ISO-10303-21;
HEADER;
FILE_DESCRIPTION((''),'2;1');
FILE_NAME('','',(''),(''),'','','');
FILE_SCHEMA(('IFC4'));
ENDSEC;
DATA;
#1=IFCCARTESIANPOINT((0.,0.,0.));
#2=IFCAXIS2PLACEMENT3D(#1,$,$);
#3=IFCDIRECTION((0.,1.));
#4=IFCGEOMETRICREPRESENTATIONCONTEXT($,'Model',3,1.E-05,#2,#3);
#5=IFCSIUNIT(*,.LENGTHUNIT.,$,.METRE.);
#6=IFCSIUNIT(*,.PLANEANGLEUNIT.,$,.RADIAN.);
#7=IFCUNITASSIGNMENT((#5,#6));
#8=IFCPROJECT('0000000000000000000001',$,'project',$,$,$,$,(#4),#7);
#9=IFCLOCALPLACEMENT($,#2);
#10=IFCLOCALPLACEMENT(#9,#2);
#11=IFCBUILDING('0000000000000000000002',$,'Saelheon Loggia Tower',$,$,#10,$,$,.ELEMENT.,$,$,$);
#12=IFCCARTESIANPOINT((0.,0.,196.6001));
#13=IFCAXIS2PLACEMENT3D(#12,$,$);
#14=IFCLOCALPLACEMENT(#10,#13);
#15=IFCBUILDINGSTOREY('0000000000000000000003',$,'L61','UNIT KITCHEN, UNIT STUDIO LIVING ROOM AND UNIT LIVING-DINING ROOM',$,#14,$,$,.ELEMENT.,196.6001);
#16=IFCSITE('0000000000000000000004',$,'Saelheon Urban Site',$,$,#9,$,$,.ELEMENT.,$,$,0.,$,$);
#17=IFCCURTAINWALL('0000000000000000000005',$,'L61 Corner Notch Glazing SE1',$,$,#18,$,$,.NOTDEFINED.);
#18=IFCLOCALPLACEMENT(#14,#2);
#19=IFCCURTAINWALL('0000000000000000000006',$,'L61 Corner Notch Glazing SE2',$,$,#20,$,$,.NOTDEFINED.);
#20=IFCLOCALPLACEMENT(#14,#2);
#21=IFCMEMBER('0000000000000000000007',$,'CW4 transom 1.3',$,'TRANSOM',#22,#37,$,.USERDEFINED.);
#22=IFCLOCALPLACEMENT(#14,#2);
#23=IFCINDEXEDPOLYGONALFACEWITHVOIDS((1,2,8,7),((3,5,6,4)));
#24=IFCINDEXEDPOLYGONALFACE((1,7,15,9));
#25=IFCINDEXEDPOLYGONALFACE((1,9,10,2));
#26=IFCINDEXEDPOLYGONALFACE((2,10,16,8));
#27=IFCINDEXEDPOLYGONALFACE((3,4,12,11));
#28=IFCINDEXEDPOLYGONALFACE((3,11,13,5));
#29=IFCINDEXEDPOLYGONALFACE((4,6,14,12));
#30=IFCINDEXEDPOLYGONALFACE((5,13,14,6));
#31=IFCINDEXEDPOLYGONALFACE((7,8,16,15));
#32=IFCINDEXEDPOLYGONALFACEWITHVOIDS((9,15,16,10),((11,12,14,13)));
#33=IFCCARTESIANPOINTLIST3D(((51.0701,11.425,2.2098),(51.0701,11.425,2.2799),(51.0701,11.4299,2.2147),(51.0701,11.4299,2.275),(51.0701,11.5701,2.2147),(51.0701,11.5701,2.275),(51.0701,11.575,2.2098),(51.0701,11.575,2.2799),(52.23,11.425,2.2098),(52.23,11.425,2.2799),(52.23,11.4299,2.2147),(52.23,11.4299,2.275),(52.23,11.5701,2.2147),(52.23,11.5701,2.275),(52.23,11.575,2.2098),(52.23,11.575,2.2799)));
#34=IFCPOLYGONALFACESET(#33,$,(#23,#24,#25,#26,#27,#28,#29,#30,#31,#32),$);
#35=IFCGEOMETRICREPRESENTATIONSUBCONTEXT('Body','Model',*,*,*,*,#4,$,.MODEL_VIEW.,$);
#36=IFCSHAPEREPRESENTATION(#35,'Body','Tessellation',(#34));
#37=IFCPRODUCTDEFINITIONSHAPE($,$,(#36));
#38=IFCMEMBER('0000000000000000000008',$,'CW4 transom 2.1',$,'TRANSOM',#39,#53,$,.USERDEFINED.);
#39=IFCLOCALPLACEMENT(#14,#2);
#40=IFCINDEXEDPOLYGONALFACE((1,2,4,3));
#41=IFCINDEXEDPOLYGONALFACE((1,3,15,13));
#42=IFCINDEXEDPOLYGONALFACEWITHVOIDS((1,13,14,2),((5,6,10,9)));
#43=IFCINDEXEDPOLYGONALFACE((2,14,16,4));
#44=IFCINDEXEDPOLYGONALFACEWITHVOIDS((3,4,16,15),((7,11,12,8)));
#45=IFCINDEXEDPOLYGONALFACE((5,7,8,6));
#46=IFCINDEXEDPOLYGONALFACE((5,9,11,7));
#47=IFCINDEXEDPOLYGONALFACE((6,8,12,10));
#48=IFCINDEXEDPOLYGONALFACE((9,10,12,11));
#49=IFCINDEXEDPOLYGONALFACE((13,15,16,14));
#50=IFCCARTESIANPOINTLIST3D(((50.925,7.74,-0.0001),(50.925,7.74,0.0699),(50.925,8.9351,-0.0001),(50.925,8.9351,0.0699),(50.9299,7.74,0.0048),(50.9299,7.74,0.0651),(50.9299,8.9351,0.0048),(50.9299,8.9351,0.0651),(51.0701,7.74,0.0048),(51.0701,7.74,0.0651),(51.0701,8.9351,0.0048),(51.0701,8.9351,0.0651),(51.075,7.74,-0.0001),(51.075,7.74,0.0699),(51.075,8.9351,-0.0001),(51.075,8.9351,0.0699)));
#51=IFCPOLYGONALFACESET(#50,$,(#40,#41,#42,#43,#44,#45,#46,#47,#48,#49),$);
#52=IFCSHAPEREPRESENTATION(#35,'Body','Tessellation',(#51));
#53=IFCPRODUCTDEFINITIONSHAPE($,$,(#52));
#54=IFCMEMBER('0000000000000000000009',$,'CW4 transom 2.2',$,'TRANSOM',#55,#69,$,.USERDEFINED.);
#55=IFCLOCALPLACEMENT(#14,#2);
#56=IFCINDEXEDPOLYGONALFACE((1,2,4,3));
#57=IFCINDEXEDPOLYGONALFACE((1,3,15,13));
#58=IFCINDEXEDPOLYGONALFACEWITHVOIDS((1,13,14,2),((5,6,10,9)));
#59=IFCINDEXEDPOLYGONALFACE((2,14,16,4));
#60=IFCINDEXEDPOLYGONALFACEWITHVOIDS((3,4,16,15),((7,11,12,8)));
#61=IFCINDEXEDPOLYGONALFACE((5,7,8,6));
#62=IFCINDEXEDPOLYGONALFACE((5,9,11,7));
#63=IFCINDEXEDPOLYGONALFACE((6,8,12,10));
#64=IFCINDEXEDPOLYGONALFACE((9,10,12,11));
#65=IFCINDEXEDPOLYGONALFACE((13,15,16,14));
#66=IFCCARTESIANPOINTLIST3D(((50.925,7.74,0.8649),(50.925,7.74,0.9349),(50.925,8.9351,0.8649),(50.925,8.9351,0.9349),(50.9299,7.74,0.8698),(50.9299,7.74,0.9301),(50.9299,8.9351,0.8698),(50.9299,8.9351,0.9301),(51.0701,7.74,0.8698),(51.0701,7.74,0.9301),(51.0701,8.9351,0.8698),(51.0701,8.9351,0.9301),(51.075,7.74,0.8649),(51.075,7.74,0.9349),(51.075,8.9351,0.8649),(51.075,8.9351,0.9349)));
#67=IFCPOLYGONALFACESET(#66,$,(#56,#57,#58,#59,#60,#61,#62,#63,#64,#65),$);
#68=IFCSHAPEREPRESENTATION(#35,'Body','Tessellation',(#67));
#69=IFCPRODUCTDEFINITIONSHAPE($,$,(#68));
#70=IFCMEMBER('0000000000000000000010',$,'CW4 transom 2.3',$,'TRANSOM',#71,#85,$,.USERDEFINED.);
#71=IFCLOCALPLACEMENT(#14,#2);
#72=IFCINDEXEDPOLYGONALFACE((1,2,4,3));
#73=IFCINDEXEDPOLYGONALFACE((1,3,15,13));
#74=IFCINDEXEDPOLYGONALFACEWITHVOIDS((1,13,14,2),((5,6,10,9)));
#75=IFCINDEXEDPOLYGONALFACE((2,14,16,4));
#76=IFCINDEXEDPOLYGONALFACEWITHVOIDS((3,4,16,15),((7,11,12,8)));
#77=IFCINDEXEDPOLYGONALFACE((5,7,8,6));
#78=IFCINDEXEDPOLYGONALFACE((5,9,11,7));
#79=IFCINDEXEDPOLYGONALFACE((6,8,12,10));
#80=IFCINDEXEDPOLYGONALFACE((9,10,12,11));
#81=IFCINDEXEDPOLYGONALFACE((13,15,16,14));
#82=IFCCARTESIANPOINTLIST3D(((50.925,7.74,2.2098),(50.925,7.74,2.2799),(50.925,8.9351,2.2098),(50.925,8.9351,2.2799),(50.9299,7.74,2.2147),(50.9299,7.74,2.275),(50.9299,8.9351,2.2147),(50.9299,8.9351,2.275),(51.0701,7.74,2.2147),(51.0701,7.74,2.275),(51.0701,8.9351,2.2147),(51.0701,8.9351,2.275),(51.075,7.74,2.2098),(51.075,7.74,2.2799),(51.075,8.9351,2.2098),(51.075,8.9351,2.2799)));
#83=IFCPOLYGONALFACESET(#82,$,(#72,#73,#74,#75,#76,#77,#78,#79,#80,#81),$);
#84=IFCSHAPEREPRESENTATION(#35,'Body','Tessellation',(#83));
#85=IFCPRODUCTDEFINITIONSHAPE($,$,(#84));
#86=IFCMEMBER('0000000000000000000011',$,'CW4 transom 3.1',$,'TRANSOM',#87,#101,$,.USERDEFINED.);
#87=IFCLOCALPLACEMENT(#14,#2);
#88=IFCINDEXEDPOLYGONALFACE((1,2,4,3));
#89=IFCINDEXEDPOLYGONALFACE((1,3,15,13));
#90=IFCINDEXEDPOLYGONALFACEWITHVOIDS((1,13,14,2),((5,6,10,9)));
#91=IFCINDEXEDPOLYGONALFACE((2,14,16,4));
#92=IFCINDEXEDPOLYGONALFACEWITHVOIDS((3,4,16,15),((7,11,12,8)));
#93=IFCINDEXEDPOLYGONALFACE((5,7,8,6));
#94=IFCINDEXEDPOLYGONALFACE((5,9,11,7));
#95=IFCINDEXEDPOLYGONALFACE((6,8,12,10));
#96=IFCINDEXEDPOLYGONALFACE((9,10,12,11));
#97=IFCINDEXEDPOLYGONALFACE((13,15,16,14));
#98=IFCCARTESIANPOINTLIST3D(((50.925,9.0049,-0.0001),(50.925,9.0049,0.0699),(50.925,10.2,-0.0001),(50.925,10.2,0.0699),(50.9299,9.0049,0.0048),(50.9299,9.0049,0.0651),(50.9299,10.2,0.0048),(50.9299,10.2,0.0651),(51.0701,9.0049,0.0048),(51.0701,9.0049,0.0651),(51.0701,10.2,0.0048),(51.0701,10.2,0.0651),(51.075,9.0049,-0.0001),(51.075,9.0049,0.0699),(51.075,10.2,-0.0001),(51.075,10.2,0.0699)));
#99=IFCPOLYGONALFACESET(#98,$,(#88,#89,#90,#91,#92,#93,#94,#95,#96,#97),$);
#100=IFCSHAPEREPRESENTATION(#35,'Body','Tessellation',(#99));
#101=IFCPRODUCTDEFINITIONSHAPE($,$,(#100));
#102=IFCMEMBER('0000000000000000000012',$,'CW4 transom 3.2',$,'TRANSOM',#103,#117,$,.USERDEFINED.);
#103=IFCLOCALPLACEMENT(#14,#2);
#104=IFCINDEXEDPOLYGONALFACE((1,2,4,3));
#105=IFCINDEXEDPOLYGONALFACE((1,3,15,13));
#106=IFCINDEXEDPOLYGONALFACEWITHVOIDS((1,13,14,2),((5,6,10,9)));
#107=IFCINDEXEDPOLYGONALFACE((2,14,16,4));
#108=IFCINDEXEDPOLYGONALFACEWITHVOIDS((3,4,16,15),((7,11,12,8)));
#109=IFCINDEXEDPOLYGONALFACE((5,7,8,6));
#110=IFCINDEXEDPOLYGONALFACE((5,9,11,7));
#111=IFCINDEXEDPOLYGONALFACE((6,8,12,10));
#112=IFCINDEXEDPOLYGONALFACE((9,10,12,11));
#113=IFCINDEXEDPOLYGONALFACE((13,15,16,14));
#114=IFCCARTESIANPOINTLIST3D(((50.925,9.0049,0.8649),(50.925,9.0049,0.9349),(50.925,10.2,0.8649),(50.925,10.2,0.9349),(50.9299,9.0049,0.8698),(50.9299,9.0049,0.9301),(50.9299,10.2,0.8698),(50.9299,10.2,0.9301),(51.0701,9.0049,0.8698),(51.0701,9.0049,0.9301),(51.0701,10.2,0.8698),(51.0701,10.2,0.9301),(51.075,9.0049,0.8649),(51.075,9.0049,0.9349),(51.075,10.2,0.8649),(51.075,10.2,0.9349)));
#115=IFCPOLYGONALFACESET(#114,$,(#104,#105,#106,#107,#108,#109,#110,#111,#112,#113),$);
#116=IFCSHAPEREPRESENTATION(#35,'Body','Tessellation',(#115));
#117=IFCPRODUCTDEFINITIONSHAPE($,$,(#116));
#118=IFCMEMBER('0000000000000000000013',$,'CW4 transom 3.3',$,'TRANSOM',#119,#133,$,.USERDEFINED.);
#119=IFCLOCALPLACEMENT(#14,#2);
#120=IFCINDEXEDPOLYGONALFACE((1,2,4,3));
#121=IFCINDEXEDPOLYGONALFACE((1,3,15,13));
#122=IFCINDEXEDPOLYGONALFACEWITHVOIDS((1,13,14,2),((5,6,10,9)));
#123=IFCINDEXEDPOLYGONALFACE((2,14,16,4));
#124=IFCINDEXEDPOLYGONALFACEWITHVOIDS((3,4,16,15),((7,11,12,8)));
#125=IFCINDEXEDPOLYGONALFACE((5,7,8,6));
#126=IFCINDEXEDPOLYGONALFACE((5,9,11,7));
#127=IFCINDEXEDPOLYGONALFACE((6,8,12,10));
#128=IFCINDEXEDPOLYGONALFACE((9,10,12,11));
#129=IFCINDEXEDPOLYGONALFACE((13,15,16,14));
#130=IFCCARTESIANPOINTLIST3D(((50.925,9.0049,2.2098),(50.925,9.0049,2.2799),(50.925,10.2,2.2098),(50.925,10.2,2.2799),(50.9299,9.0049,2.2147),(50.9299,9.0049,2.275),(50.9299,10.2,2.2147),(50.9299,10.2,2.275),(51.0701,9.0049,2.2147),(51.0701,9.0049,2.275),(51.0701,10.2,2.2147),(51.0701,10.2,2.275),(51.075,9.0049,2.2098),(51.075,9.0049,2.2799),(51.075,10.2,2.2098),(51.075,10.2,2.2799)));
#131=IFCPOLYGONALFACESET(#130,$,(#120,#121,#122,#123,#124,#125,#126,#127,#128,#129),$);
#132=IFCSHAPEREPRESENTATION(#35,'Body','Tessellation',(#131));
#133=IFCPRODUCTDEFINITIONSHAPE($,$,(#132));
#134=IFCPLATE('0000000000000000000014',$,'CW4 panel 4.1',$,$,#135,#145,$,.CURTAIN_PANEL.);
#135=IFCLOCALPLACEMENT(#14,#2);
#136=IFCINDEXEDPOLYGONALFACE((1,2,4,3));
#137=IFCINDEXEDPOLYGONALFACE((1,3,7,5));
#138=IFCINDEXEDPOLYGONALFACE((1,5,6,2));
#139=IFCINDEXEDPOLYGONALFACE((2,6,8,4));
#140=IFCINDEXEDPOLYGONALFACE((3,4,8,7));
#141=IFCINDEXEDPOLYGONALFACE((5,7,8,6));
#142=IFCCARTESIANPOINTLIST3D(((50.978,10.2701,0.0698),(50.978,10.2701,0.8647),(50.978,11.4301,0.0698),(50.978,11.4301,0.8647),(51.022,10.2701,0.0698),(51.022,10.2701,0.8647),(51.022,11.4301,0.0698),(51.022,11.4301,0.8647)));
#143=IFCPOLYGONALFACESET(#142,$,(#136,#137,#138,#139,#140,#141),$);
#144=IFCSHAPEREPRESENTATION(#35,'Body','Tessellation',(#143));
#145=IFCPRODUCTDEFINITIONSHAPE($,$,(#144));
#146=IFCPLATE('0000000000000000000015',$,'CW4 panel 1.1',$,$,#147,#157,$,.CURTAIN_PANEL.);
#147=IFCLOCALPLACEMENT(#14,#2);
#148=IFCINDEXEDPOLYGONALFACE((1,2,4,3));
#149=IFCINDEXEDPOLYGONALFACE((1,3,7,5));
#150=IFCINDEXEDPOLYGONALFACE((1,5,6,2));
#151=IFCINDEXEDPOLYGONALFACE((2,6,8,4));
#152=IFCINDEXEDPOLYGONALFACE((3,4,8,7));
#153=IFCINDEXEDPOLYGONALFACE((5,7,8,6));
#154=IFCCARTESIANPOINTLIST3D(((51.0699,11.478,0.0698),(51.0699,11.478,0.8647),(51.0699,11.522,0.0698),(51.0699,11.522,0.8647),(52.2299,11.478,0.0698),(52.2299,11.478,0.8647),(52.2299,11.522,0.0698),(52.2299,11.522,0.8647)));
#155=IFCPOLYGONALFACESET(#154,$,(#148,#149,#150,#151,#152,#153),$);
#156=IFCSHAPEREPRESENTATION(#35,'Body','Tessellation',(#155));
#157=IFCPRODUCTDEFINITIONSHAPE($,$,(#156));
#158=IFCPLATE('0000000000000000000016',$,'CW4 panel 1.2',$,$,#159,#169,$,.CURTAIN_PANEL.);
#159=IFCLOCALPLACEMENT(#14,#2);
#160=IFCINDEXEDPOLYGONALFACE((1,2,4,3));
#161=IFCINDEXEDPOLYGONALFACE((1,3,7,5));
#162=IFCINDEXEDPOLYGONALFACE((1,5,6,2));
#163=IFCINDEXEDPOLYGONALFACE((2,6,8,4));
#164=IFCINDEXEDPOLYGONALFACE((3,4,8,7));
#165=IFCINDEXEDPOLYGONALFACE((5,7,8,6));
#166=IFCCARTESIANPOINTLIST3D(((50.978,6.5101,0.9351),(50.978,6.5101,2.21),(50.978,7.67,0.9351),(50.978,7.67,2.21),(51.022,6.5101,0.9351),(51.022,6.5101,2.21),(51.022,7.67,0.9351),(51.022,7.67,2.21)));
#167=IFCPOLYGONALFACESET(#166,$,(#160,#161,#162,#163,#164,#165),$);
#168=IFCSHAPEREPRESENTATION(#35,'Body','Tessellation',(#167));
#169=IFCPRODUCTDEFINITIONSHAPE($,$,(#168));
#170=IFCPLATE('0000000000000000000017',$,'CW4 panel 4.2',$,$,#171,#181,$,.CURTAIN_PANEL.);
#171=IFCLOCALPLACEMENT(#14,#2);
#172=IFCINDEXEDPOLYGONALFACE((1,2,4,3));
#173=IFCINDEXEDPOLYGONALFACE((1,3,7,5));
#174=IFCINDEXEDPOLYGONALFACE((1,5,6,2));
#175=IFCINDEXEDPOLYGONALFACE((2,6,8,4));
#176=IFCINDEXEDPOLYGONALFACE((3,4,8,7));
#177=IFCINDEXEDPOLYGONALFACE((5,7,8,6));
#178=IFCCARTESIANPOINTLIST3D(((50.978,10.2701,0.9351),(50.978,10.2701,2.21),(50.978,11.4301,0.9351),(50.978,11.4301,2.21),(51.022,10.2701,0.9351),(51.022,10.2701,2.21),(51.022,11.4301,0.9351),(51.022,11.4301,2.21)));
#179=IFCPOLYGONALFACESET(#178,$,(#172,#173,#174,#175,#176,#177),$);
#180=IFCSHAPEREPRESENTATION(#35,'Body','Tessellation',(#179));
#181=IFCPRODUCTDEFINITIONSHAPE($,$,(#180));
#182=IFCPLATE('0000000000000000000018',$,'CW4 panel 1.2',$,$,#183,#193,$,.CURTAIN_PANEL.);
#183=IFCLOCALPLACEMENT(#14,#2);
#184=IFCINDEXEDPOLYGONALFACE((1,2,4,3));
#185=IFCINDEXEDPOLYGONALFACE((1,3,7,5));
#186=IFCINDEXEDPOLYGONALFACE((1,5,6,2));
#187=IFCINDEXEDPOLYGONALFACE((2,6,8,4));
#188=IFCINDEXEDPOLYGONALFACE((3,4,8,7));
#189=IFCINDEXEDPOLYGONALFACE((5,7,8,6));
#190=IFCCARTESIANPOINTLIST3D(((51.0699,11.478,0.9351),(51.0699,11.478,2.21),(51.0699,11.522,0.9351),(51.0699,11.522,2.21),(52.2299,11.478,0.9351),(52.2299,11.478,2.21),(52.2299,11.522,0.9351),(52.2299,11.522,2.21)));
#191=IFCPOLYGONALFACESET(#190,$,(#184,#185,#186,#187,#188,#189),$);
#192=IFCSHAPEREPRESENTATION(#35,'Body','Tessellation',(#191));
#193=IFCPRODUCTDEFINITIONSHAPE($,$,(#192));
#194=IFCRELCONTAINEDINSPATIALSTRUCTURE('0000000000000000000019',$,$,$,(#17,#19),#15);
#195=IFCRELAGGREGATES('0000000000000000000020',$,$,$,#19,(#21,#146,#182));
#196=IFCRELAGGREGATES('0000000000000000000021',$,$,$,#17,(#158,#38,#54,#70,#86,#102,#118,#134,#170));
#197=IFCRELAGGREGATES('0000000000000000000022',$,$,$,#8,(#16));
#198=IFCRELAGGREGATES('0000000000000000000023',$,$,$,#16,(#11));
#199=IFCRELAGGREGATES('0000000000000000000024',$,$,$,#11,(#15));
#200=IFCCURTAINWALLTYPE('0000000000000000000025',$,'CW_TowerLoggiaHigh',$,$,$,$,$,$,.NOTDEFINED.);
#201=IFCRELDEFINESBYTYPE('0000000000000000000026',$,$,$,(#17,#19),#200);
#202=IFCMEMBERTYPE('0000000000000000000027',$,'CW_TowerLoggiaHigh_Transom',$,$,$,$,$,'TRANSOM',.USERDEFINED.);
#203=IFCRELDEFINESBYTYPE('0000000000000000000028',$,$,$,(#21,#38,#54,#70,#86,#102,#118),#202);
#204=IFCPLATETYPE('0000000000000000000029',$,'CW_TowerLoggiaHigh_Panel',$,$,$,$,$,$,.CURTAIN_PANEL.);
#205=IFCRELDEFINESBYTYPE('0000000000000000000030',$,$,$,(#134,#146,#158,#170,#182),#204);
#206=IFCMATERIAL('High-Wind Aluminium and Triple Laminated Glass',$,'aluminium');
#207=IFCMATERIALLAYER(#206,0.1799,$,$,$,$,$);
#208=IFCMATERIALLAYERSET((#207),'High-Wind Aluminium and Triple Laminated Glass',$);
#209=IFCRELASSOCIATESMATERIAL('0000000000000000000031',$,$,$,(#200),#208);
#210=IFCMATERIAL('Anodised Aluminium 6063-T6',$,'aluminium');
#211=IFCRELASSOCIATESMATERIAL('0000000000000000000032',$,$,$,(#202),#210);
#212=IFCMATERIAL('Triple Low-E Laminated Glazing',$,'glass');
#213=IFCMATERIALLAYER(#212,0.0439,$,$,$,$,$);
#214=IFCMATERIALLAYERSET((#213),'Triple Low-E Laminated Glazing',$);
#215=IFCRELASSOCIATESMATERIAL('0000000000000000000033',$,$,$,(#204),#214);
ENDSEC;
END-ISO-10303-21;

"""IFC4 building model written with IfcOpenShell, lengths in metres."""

from ifc_helpers import new_model, si_unit, direction, frame, origin, origin_2d, place, context, subcontext, project, spatial, rectangle, hollow_rectangle, extrude, source, transform, mapped, material, layer, layer_set, material_profile, profile_set, type_object, element, aggregate, save


model = new_model("IFC4")

# Units and contexts
model_context = context("Model", 3, precision=1e-05, world=origin(), true_north=direction((0.0, 1.0)))
body_context = subcontext(model_context, "Body", "Model", "MODEL_VIEW")
ifc_project = project(units=[si_unit("LENGTHUNIT", "METRE"), si_unit("PLANEANGLEUNIT", "RADIAN")], contexts=[model_context])

# Site, building, storey
site_placement = place(None, origin())
site = spatial("IfcSite", under=ifc_project, at=site_placement, Name="Saelheon Urban Site", CompositionType="ELEMENT", RefElevation=0.0)
building_placement = place(site_placement, origin())
building = spatial("IfcBuilding", under=site, at=building_placement, Name="Saelheon Loggia Tower", CompositionType="ELEMENT")
storey_placement = place(building_placement, frame((0.0, 0.0, 196.6001)))
storey = spatial("IfcBuildingStorey", under=building, at=storey_placement, Name="L61", Description="UNIT KITCHEN, UNIT STUDIO LIVING ROOM AND UNIT LIVING-DINING ROOM", CompositionType="ELEMENT", Elevation=196.6001)

# Curtain walls
ifc_material_1 = material(Name="High-Wind Aluminium and Triple Laminated Glass", Category="aluminium")
ifc_layer_1 = layer(ifc_material_1, 0.1799)
ifc_layer_set_1 = layer_set([ifc_layer_1], Name="High-Wind Aluminium and Triple Laminated Glass")
curtain_wall_type = type_object("IfcCurtainWallType", Name="CW_TowerLoggiaHigh", PredefinedType="NOTDEFINED", material=ifc_layer_set_1)
curtain_wall_1_placement = place(storey_placement, origin())
curtain_wall_1 = element("IfcCurtainWall", 1, at=curtain_wall_1_placement, inside=storey, type_object=curtain_wall_type, Name="L61 Corner Notch Glazing SE1", PredefinedType="NOTDEFINED")
ifc_material_2 = material(Name="Anodised Aluminium 6063-T6", Category="aluminium")
curtain_wall_2_placement = place(storey_placement, origin())
curtain_wall_2 = element("IfcCurtainWall", 2, at=curtain_wall_2_placement, inside=storey, type_object=curtain_wall_type, Name="L61 Corner Notch Glazing SE2", PredefinedType="NOTDEFINED")

# Members
ifc_material_profile_1 = material_profile(ifc_material_2, hollow_rectangle(XDim=0.0701, YDim=0.1499, WallThickness=0.0049, at=origin_2d()), Name="RHS-150x70x5")
ifc_profile_set_1 = profile_set([ifc_material_profile_1], Name="Anodised Aluminium 6063-T6")
member_type_1 = type_object("IfcMemberType", Name="CW_TowerLoggiaHigh_Transom", ElementType="TRANSOM", PredefinedType="USERDEFINED", material=ifc_profile_set_1)
shared_shape_1 = source(origin(), body_context, "Body", "SweptSolid", [
    extrude(hollow_rectangle(XDim=0.0701, YDim=0.1499, WallThickness=0.0049, at=origin_2d()), origin(), (0.0, 0.0, 1.0), 1.1599),
])
member_1_placement = place(storey_placement, frame((51.0701, 11.5, 2.2449), z_axis=(1.0, 0.0, 0.0), x_axis=(0.0, 0.0, 1.0)))
member_1 = element("IfcMember", 3, at=member_1_placement, type_object=member_type_1, Name="CW4 transom 1.3", ObjectType="TRANSOM", PredefinedType="USERDEFINED", context=body_context, shape_type="MappedRepresentation", body=[
    mapped(shared_shape_1, transform((0.0, 0.0, 0.0), scale=1.0)),
])
shared_shape_2 = source(origin(), body_context, "Body", "SweptSolid", [
    extrude(hollow_rectangle(XDim=0.0701, YDim=0.1499, WallThickness=0.0049, at=origin_2d()), origin(), (0.0, 0.0, 1.0), 1.1951),
])
member_2_placement = place(storey_placement, frame((51.0, 7.74, 0.0349), z_axis=(0.0, 1.0, 0.0), x_axis=(0.0, 0.0, 1.0)))
member_2 = element("IfcMember", 4, at=member_2_placement, type_object=member_type_1, Name="CW4 transom 2.1", ObjectType="TRANSOM", PredefinedType="USERDEFINED", context=body_context, shape_type="MappedRepresentation", body=[
    mapped(shared_shape_2, transform((0.0, 0.0, 0.0), scale=1.0)),
])
member_3_placement = place(storey_placement, frame((51.0, 7.74, 0.8999), z_axis=(0.0, 1.0, 0.0), x_axis=(0.0, 0.0, 1.0)))
member_3 = element("IfcMember", 5, at=member_3_placement, type_object=member_type_1, Name="CW4 transom 2.2", ObjectType="TRANSOM", PredefinedType="USERDEFINED", context=body_context, shape_type="MappedRepresentation", body=[
    mapped(shared_shape_2, transform((0.0, 0.0, 0.0), scale=1.0)),
])
member_4_placement = place(storey_placement, frame((51.0, 7.74, 2.2449), z_axis=(0.0, 1.0, 0.0), x_axis=(0.0, 0.0, 1.0)))
member_4 = element("IfcMember", 6, at=member_4_placement, type_object=member_type_1, Name="CW4 transom 2.3", ObjectType="TRANSOM", PredefinedType="USERDEFINED", context=body_context, shape_type="MappedRepresentation", body=[
    mapped(shared_shape_2, transform((0.0, 0.0, 0.0), scale=1.0)),
])
member_5_placement = place(storey_placement, frame((51.0, 9.0049, 0.0349), z_axis=(0.0, 1.0, 0.0), x_axis=(0.0, 0.0, 1.0)))
member_5 = element("IfcMember", 7, at=member_5_placement, type_object=member_type_1, Name="CW4 transom 3.1", ObjectType="TRANSOM", PredefinedType="USERDEFINED", context=body_context, shape_type="MappedRepresentation", body=[
    mapped(shared_shape_2, transform((0.0, 0.0, 0.0), scale=1.0)),
])
member_6_placement = place(storey_placement, frame((51.0, 9.0049, 0.8999), z_axis=(0.0, 1.0, 0.0), x_axis=(0.0, 0.0, 1.0)))
member_6 = element("IfcMember", 8, at=member_6_placement, type_object=member_type_1, Name="CW4 transom 3.2", ObjectType="TRANSOM", PredefinedType="USERDEFINED", context=body_context, shape_type="MappedRepresentation", body=[
    mapped(shared_shape_2, transform((0.0, 0.0, 0.0), scale=1.0)),
])
member_7_placement = place(storey_placement, frame((51.0, 9.0049, 2.2449), z_axis=(0.0, 1.0, 0.0), x_axis=(0.0, 0.0, 1.0)))
member_7 = element("IfcMember", 9, at=member_7_placement, type_object=member_type_1, Name="CW4 transom 3.3", ObjectType="TRANSOM", PredefinedType="USERDEFINED", context=body_context, shape_type="MappedRepresentation", body=[
    mapped(shared_shape_2, transform((0.0, 0.0, 0.0), scale=1.0)),
])

# Plates
ifc_material_3 = material(Name="Triple Low-E Laminated Glazing", Category="glass")
ifc_layer_2 = layer(ifc_material_3, 0.0439)
ifc_layer_set_2 = layer_set([ifc_layer_2], Name="Triple Low-E Laminated Glazing")
plate_type = type_object("IfcPlateType", Name="CW_TowerLoggiaHigh_Panel", PredefinedType="CURTAIN_PANEL", material=ifc_layer_set_2)
shared_shape_3 = source(origin(), body_context, "Body", "SweptSolid", [
    extrude(rectangle(XDim=1.1599, YDim=0.0439, at=origin_2d()), origin(), (0.0, 0.0, 1.0), 0.7949),
])
plate_1_placement = place(storey_placement, frame((51.0, 10.8501, 0.0698), z_axis=(0.0, 0.0, 1.0), x_axis=(0.0, 1.0, 0.0)))
plate_1 = element("IfcPlate", 10, at=plate_1_placement, type_object=plate_type, Name="CW4 panel 4.1", PredefinedType="CURTAIN_PANEL", context=body_context, shape_type="MappedRepresentation", body=[
    mapped(shared_shape_3, transform((0.0, 0.0, 0.0), scale=1.0)),
])
plate_2_placement = place(storey_placement, frame((51.6499, 11.5, 0.0698), z_axis=(0.0, 0.0, 1.0), x_axis=(1.0, 0.0, 0.0)))
plate_2 = element("IfcPlate", 11, at=plate_2_placement, type_object=plate_type, Name="CW4 panel 1.1", PredefinedType="CURTAIN_PANEL", context=body_context, shape_type="MappedRepresentation", body=[
    mapped(shared_shape_3, transform((0.0, 0.0, 0.0), scale=1.0)),
])
shared_shape_4 = source(origin(), body_context, "Body", "SweptSolid", [
    extrude(rectangle(XDim=1.1599, YDim=0.0439, at=origin_2d()), origin(), (0.0, 0.0, 1.0), 1.2749),
])
plate_3_placement = place(storey_placement, frame((51.0, 7.0901, 0.9351), z_axis=(0.0, 0.0, 1.0), x_axis=(0.0, 1.0, 0.0)))
plate_3 = element("IfcPlate", 12, at=plate_3_placement, type_object=plate_type, Name="CW4 panel 1.2", PredefinedType="CURTAIN_PANEL", context=body_context, shape_type="MappedRepresentation", body=[
    mapped(shared_shape_4, transform((0.0, 0.0, 0.0), scale=1.0)),
])
plate_4_placement = place(storey_placement, frame((51.0, 10.8501, 0.9351), z_axis=(0.0, 0.0, 1.0), x_axis=(0.0, 1.0, 0.0)))
plate_4 = element("IfcPlate", 13, at=plate_4_placement, type_object=plate_type, Name="CW4 panel 4.2", PredefinedType="CURTAIN_PANEL", context=body_context, shape_type="MappedRepresentation", body=[
    mapped(shared_shape_4, transform((0.0, 0.0, 0.0), scale=1.0)),
])
plate_5_placement = place(storey_placement, frame((51.6499, 11.5, 0.9351), z_axis=(0.0, 0.0, 1.0), x_axis=(1.0, 0.0, 0.0)))
plate_5 = element("IfcPlate", 14, at=plate_5_placement, type_object=plate_type, Name="CW4 panel 1.2", PredefinedType="CURTAIN_PANEL", context=body_context, shape_type="MappedRepresentation", body=[
    mapped(shared_shape_4, transform((0.0, 0.0, 0.0), scale=1.0)),
])
aggregate(curtain_wall_2, [member_1, plate_2, plate_5])
aggregate(curtain_wall_1, [plate_3, member_2, member_3, member_4, member_5, member_6, member_7, plate_1, plate_4])

save(model, "model.ifc")
